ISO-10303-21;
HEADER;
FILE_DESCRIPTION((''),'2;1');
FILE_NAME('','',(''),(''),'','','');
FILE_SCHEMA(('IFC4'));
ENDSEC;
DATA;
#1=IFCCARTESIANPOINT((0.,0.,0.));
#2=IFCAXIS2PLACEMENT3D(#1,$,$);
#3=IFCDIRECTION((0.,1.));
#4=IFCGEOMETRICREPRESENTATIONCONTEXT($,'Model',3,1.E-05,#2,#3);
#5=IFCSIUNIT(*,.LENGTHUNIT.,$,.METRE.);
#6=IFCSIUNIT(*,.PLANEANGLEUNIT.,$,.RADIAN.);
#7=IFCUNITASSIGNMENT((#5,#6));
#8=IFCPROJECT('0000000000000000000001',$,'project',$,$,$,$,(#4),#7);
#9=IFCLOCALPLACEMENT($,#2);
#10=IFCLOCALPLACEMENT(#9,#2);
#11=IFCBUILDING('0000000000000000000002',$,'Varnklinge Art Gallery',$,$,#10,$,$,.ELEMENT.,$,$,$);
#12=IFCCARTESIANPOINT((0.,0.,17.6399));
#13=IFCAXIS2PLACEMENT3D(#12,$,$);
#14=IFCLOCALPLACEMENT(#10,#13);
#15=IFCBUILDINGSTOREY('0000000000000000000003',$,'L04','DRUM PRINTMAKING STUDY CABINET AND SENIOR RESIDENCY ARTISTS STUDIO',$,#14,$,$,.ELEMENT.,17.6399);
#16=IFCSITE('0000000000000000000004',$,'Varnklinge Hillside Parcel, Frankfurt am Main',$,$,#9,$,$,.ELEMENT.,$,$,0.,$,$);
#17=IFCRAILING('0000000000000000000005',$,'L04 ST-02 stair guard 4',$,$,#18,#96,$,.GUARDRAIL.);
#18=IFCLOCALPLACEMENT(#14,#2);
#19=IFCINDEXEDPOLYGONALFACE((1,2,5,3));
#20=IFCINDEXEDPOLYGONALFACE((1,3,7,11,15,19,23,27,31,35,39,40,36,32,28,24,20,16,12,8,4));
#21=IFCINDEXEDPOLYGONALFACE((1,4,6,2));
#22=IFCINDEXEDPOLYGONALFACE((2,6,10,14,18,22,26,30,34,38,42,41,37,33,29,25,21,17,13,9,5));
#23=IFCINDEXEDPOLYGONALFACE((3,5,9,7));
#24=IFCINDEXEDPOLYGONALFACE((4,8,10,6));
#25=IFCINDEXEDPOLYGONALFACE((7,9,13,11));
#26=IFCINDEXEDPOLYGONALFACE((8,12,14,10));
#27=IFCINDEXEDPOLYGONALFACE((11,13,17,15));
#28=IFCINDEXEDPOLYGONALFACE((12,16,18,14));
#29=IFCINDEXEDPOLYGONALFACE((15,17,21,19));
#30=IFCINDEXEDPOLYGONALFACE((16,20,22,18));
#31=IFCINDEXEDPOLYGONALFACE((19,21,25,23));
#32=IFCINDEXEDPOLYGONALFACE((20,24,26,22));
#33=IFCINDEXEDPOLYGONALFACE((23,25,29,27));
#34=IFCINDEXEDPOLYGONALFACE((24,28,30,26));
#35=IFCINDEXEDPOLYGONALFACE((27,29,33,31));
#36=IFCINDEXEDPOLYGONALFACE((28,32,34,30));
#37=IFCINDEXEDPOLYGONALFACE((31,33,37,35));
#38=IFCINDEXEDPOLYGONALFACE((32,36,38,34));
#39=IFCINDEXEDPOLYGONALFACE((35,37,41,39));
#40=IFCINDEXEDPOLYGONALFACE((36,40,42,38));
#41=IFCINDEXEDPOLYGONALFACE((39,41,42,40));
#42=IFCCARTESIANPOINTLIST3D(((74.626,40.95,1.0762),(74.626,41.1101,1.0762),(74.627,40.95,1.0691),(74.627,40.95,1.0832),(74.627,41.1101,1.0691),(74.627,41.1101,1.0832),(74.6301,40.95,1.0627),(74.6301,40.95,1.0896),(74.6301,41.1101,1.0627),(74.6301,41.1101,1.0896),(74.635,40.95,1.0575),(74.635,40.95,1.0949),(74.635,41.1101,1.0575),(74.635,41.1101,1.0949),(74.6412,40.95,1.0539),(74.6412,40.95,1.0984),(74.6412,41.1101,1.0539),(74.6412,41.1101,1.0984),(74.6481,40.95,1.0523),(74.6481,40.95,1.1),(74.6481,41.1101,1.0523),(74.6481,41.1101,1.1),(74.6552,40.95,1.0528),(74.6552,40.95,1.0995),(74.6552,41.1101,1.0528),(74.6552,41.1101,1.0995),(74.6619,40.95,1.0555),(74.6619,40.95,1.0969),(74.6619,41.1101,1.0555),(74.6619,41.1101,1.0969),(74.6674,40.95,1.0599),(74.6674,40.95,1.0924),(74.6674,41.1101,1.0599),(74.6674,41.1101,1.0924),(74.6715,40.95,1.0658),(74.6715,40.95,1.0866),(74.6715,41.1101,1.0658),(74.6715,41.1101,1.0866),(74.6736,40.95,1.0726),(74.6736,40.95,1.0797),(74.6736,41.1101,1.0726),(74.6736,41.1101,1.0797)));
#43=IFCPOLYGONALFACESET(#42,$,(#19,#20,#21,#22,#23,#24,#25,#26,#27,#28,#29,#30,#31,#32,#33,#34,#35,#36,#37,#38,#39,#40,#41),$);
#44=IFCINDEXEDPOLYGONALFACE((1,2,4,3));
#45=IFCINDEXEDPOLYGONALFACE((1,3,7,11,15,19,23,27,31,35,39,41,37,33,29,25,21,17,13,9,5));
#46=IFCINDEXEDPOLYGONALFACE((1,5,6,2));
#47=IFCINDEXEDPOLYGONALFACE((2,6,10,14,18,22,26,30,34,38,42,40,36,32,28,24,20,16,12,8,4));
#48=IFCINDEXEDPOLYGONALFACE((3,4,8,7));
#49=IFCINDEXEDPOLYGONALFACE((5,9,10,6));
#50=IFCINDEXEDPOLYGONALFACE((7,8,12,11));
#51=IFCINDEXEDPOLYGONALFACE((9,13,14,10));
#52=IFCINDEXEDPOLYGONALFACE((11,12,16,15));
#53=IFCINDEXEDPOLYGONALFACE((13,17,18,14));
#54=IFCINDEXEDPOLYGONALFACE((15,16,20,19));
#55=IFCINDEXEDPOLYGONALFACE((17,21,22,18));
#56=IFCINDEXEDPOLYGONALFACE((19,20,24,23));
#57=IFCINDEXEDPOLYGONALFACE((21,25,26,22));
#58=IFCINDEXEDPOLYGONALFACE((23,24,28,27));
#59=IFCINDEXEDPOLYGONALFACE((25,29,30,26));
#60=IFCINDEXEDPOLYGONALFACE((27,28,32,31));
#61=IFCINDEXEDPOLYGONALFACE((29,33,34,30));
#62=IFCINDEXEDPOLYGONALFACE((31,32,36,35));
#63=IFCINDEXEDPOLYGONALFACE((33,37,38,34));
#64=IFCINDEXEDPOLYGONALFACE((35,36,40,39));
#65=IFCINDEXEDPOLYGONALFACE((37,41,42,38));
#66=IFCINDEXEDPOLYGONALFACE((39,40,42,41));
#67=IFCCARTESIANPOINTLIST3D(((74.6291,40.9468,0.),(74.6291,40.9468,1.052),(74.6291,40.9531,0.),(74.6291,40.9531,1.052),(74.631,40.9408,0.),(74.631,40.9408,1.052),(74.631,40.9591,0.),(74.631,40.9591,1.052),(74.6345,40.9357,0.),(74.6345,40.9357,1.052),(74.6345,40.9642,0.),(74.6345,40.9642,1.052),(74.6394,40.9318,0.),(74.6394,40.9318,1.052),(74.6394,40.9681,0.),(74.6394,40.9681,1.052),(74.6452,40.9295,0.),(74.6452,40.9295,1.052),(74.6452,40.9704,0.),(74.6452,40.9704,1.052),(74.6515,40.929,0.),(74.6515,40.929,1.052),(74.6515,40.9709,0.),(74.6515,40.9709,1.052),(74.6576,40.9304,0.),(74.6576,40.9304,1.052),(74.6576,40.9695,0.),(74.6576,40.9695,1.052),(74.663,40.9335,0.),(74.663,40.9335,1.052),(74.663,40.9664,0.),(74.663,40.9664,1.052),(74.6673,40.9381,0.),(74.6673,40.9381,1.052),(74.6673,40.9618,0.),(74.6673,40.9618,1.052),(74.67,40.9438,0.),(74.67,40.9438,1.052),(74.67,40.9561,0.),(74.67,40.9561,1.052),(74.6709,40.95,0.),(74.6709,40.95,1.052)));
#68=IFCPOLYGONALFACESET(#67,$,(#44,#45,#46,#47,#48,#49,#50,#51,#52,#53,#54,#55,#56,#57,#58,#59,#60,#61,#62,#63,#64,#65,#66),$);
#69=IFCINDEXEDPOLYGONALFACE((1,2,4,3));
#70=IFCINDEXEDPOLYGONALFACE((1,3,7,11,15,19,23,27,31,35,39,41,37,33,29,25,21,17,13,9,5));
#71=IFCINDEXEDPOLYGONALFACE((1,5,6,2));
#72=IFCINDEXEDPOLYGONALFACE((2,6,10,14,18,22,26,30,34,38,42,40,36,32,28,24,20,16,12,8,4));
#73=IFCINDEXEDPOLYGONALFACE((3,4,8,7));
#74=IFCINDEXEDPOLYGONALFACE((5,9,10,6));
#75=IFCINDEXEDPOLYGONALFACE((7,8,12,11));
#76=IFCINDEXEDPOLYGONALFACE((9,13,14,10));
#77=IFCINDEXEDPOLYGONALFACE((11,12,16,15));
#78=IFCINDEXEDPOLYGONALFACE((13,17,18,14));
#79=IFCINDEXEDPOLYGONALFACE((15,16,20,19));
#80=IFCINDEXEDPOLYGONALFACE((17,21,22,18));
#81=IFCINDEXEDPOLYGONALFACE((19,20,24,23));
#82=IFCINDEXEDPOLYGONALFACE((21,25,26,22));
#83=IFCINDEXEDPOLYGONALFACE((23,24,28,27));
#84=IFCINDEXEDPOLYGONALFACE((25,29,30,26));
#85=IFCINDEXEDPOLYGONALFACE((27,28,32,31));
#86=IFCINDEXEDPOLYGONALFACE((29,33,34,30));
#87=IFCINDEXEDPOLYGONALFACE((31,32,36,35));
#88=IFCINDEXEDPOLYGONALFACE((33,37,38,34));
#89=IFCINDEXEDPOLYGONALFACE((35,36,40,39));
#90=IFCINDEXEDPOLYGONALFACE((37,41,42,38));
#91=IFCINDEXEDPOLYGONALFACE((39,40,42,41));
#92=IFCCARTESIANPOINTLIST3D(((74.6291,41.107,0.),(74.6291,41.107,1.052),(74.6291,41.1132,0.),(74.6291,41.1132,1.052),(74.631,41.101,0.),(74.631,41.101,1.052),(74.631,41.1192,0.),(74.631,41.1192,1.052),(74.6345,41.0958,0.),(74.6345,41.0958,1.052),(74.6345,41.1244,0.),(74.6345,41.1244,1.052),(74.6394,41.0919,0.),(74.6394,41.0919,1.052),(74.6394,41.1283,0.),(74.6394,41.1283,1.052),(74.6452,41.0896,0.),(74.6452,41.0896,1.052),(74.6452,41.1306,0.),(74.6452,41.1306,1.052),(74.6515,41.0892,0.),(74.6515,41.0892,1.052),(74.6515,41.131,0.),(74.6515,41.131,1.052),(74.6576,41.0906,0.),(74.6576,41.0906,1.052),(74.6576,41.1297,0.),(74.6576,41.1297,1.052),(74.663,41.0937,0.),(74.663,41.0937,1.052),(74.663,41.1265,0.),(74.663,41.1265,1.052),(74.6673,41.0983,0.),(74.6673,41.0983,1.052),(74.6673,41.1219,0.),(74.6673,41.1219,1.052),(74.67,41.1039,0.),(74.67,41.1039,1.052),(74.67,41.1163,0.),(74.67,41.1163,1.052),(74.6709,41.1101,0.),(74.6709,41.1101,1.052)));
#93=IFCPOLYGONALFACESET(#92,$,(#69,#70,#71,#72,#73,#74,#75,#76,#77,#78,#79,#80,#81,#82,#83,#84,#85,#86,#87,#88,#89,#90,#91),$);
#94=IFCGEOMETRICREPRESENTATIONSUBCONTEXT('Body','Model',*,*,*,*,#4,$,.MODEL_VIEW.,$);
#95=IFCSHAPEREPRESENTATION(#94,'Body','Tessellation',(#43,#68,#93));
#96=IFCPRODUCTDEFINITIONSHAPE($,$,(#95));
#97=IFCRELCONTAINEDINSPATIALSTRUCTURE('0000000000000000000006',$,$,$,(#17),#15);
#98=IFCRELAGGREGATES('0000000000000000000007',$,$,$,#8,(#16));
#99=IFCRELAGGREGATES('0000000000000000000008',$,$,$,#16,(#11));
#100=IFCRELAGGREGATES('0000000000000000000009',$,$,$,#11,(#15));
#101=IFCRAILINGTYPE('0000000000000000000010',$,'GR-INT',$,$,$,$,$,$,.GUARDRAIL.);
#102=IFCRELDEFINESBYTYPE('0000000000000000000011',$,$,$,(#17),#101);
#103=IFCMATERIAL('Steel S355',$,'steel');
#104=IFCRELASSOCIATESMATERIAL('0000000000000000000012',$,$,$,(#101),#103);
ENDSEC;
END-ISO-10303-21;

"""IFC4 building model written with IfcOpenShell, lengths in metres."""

from ifc_helpers import new_model, si_unit, direction, frame, origin, origin_2d, place, context, subcontext, project, spatial, circle, extrude, material, type_object, element, save


model = new_model("IFC4")

# Units and contexts
model_context = context("Model", 3, precision=1e-05, world=origin(), true_north=direction((0.0, 1.0)))
body_context = subcontext(model_context, "Body", "Model", "MODEL_VIEW")
ifc_project = project(units=[si_unit("LENGTHUNIT", "METRE"), si_unit("PLANEANGLEUNIT", "RADIAN")], contexts=[model_context])

# Site, building, storey
site_placement = place(None, origin())
site = spatial("IfcSite", under=ifc_project, at=site_placement, Name="Varnklinge Hillside Parcel, Frankfurt am Main", CompositionType="ELEMENT", RefElevation=0.0)
building_placement = place(site_placement, origin())
building = spatial("IfcBuilding", under=site, at=building_placement, Name="Varnklinge Art Gallery", CompositionType="ELEMENT")
storey_placement = place(building_placement, frame((0.0, 0.0, 17.6399)))
storey = spatial("IfcBuildingStorey", under=building, at=storey_placement, Name="L04", Description="DRUM PRINTMAKING STUDY CABINET AND SENIOR RESIDENCY ARTISTS STUDIO", CompositionType="ELEMENT", Elevation=17.6399)

# Railing
ifc_material_1 = material(Name="Steel S355", Category="steel")
railing_type_1 = type_object("IfcRailingType", Name="GR-INT", PredefinedType="GUARDRAIL", material=ifc_material_1)
railing_1_placement = place(storey_placement, frame((74.6499, 40.95, 0.0)))
element("IfcRailing", 1, at=railing_1_placement, inside=storey, type_object=railing_type_1, Name="L04 ST-02 stair guard 4", PredefinedType="GUARDRAIL", context=body_context, shape_type="SweptSolid", body=[
    extrude(circle(Radius=0.0239, at=origin_2d()), frame((0.0, 0.0, 1.0762), z_axis=(0.0, 1.0, 0.0), x_axis=(-1.0, 0.0, 0.0)), (0.0, 0.0, 1.0), 0.1602),
    extrude(circle(Radius=0.021, at=origin_2d()), origin(), (0.0, 0.0, 1.0), 1.052),
    extrude(circle(Radius=0.021, at=origin_2d()), frame((0.0, 0.1602, 0.0)), (0.0, 0.0, 1.0), 1.052),
])

save(model, "model.ifc")
